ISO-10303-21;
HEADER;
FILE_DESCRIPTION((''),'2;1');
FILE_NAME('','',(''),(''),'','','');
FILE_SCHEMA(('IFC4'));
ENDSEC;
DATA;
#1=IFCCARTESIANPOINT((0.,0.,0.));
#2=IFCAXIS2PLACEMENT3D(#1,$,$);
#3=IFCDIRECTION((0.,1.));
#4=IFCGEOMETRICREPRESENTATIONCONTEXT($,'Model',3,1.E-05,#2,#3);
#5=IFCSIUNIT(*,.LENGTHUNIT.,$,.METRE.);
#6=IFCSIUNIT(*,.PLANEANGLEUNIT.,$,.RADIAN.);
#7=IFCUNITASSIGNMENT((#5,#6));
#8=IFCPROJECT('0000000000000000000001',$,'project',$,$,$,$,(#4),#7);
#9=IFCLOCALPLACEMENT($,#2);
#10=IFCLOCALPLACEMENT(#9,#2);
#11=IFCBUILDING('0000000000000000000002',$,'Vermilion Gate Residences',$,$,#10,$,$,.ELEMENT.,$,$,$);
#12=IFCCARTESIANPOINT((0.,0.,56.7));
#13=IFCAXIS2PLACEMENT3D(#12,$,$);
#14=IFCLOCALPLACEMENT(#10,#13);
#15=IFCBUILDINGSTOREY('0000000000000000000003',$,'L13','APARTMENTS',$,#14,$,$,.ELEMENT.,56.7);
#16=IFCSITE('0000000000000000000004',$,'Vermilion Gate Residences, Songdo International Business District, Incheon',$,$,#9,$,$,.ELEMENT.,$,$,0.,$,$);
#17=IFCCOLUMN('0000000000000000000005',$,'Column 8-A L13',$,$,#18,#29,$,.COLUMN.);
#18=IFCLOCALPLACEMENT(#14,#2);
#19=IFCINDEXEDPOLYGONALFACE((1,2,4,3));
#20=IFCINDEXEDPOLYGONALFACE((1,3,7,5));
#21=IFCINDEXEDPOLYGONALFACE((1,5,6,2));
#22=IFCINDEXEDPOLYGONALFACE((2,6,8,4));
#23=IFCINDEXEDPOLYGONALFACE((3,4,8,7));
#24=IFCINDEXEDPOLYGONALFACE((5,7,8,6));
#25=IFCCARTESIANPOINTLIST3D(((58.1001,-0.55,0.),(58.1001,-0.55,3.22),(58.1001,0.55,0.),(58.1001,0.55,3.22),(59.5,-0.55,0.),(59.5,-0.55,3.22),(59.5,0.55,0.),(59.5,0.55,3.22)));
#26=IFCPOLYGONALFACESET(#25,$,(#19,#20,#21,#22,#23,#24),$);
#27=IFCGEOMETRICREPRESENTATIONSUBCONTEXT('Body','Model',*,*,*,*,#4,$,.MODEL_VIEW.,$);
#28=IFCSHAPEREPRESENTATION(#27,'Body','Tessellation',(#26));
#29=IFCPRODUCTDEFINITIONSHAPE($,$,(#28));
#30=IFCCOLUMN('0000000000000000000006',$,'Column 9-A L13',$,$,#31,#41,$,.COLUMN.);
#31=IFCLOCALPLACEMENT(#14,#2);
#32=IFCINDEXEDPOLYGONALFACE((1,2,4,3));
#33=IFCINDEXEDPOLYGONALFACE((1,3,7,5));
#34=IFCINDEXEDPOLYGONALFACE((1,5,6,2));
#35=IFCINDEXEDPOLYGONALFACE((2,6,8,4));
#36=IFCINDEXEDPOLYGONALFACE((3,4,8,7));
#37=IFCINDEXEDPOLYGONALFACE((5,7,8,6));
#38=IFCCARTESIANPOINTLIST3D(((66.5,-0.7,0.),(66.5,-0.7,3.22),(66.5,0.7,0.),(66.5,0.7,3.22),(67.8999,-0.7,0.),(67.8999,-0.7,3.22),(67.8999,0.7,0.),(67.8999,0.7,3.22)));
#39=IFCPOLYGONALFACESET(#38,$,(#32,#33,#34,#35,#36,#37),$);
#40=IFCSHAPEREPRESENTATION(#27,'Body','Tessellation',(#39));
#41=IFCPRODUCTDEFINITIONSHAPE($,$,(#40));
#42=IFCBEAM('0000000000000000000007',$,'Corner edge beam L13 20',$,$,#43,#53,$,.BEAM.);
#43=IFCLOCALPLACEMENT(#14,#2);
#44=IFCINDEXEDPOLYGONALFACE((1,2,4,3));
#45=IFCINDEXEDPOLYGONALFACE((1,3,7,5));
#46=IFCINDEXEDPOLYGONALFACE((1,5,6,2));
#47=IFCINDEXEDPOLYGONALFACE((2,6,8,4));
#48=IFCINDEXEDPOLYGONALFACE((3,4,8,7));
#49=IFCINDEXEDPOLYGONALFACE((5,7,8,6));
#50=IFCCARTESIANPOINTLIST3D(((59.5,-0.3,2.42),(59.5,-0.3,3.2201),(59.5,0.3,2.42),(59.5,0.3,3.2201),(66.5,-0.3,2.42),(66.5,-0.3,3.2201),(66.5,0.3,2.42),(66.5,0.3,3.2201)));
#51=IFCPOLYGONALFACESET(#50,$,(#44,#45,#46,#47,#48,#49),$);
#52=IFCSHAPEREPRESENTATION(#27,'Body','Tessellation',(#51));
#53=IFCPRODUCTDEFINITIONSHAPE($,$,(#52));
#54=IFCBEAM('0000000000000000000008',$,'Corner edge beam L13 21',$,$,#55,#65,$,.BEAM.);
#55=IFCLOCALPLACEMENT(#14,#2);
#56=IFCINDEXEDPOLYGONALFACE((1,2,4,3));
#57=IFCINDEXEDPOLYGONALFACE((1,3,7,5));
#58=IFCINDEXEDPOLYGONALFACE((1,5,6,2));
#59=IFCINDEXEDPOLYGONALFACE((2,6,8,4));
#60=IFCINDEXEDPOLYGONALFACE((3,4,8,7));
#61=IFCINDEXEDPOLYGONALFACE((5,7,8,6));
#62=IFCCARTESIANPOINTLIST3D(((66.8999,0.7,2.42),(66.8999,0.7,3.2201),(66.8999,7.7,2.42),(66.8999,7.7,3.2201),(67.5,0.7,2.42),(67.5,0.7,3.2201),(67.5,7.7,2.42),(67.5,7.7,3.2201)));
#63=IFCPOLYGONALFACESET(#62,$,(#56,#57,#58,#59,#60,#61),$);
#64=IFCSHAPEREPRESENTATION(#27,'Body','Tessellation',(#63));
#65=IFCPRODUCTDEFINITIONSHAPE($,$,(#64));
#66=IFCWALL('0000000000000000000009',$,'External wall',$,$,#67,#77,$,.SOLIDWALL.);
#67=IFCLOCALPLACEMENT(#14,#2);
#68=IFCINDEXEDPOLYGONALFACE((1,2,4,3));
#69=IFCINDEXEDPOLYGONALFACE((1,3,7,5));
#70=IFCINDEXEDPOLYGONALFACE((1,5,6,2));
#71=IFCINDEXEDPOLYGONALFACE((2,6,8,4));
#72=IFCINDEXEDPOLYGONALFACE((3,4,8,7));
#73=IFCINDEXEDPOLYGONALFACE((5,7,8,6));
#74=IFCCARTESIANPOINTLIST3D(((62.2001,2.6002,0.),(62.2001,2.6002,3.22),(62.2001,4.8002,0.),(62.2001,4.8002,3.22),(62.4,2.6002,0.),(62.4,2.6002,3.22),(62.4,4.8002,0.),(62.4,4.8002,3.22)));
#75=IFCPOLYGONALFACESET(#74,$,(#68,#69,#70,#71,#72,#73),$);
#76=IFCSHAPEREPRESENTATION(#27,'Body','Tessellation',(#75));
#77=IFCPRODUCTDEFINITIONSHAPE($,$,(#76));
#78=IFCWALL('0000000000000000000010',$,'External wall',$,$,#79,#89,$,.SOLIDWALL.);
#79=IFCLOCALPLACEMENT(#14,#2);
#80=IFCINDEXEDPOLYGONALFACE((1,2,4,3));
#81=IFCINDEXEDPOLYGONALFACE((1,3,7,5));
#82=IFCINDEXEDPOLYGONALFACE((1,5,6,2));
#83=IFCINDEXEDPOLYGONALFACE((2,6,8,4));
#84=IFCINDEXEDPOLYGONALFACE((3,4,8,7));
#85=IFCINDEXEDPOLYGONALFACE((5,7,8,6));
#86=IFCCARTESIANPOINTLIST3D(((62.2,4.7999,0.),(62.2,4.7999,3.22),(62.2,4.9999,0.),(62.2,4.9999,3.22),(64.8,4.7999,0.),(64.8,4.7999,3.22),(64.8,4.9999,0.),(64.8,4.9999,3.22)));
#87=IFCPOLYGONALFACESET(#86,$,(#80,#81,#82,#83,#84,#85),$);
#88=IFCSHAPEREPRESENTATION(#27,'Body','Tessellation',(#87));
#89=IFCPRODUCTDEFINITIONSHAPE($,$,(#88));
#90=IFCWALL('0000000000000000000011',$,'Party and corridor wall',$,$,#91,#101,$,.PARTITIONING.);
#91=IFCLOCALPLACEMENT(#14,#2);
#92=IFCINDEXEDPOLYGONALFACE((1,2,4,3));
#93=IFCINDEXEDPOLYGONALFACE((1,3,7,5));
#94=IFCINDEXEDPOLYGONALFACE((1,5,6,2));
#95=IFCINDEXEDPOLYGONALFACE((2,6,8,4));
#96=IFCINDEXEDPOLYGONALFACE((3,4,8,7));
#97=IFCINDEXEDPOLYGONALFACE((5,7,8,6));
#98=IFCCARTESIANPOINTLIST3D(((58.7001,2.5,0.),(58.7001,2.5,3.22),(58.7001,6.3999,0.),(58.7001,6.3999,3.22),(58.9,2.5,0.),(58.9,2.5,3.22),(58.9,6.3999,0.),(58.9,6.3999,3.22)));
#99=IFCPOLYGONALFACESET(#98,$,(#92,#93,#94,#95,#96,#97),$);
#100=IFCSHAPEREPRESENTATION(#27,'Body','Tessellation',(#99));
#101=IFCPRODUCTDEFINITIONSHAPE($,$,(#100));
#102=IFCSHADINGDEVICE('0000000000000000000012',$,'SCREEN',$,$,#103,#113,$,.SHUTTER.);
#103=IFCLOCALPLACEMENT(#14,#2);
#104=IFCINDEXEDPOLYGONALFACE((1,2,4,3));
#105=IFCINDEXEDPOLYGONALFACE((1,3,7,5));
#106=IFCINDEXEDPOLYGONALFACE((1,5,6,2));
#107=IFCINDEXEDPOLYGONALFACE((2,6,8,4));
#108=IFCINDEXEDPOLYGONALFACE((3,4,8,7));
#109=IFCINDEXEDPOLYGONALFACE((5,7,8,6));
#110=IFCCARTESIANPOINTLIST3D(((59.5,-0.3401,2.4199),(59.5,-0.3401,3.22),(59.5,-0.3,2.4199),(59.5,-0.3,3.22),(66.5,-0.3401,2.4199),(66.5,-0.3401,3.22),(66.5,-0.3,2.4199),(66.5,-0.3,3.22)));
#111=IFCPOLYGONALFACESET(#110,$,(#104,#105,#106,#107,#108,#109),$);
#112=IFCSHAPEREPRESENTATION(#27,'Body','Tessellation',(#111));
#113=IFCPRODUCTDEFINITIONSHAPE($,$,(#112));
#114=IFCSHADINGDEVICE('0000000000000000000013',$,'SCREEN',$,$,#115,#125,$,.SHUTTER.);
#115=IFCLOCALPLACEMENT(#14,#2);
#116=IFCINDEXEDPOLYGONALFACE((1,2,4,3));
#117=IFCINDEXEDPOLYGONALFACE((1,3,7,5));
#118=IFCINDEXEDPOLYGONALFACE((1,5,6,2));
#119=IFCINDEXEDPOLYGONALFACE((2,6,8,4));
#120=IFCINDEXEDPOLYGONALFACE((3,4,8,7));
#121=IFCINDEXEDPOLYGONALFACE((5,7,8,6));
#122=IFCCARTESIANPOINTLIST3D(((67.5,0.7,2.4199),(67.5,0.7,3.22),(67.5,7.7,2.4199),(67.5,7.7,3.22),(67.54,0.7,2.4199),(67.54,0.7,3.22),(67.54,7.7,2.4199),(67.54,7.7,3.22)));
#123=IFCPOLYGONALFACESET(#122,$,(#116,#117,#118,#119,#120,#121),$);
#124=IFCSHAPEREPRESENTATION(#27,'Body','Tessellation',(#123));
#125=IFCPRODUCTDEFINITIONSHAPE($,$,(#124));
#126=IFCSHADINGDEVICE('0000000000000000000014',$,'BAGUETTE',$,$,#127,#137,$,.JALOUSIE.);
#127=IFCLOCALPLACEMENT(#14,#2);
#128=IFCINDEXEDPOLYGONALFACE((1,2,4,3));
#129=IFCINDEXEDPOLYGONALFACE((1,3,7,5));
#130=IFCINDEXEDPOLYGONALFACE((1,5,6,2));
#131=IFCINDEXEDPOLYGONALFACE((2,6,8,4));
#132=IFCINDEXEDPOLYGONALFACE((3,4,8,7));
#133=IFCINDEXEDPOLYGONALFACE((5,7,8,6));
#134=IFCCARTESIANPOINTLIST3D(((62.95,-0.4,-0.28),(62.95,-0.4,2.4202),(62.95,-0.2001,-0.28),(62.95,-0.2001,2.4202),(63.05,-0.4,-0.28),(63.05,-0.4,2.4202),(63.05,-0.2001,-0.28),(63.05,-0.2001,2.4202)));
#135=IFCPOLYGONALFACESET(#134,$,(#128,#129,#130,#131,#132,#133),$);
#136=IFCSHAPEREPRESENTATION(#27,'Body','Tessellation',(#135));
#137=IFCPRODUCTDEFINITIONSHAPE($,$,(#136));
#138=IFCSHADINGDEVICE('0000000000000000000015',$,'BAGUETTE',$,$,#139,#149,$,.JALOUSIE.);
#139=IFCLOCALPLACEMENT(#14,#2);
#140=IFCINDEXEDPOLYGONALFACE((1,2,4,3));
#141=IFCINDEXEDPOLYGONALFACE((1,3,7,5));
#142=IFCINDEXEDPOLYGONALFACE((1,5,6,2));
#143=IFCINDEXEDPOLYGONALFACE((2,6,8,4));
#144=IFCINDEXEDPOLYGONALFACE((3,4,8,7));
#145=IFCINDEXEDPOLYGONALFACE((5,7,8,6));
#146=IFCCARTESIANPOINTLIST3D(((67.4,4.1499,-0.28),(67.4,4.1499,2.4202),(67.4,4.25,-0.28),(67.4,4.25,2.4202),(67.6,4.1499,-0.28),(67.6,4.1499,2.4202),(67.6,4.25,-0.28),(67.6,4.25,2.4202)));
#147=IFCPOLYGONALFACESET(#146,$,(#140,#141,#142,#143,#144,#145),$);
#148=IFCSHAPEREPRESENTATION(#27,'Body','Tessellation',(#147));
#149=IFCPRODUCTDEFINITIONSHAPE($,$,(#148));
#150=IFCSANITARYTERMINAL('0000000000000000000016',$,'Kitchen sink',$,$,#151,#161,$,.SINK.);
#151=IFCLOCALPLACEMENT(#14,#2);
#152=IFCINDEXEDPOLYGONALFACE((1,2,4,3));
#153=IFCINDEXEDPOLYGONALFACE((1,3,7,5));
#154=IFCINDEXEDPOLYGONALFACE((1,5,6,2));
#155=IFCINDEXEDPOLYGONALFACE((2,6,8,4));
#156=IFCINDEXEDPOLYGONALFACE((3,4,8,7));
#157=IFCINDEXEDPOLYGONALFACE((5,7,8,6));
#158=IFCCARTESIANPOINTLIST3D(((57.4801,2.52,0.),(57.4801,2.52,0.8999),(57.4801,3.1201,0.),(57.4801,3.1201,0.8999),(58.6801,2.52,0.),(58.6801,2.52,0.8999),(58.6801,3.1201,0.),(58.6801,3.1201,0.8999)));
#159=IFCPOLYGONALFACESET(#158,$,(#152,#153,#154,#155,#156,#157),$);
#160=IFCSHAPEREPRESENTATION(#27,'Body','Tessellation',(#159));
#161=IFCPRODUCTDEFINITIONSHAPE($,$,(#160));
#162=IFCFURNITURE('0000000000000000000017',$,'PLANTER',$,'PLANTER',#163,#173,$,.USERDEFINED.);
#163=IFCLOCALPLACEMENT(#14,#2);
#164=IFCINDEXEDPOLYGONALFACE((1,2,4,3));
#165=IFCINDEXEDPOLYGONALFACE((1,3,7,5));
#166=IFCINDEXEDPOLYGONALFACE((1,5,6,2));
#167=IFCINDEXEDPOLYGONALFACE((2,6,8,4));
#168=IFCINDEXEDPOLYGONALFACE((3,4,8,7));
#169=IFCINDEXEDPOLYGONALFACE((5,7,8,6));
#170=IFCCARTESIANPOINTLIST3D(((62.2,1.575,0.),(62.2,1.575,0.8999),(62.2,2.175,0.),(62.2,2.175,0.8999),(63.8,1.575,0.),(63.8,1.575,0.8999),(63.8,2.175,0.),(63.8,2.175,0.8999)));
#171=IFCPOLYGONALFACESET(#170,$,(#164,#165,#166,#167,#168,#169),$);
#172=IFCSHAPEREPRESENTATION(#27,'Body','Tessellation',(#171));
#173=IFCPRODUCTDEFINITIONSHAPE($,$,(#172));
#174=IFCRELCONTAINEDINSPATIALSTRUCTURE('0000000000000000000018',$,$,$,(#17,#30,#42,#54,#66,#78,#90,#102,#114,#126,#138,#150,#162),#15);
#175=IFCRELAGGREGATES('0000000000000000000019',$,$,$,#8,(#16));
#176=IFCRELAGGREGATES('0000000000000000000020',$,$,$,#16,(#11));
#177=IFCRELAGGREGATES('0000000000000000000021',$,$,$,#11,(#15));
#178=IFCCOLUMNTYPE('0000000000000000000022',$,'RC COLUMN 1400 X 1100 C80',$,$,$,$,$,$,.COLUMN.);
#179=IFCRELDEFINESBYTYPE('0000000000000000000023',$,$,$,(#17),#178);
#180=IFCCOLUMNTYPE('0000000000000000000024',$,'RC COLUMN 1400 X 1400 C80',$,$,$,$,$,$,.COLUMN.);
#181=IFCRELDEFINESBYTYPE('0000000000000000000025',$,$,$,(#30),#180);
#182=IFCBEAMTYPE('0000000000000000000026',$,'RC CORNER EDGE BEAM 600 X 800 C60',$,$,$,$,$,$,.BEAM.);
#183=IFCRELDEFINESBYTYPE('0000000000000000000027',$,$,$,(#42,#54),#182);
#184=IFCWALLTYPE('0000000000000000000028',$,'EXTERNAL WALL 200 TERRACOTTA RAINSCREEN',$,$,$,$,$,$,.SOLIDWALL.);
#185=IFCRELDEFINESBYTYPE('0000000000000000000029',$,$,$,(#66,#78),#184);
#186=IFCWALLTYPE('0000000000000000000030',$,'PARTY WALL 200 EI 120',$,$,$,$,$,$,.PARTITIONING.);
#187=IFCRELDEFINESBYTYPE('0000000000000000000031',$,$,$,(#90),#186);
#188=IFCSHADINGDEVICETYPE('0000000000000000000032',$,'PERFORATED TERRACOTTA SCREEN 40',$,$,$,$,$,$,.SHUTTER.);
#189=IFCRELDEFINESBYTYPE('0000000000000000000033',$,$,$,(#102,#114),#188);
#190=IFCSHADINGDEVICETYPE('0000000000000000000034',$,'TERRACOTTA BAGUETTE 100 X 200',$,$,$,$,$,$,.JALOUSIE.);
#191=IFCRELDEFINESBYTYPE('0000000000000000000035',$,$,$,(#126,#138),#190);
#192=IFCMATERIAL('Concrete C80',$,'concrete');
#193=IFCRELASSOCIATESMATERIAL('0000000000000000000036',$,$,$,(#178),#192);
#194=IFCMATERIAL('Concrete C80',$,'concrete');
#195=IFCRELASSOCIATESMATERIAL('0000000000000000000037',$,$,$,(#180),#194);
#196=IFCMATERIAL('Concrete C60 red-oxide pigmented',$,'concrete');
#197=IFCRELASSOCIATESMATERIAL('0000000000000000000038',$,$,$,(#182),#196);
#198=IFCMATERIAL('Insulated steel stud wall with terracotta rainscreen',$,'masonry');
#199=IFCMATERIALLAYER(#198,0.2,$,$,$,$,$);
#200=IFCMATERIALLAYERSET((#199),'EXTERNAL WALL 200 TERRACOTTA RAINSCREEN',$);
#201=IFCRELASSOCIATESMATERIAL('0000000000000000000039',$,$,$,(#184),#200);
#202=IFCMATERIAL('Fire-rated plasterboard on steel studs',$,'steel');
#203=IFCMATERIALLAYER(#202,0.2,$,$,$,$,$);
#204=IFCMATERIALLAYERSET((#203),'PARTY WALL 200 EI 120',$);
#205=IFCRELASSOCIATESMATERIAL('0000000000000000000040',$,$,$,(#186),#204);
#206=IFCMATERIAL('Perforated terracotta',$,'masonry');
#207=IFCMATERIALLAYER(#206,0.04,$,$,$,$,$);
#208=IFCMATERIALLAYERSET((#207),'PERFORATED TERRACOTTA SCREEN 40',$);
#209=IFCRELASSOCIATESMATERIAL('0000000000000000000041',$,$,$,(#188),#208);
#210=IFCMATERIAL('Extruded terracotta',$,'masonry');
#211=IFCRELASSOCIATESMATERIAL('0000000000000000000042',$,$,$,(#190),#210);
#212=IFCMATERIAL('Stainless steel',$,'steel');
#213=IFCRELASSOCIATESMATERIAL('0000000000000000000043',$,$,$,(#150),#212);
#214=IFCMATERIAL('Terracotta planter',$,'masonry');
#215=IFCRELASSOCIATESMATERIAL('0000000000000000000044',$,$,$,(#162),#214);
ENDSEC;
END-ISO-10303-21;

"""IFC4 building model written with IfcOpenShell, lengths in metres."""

from ifc_helpers import new_model, si_unit, direction, frame, frame_2d, origin, origin_2d, place, context, subcontext, project, spatial, rectangle, extrude, material, layer, layer_set, material_profile, profile_set, type_object, element, save


model = new_model("IFC4")

# Units and contexts
model_context = context("Model", 3, precision=1e-05, world=origin(), true_north=direction((0.0, 1.0)))
body_context = subcontext(model_context, "Body", "Model", "MODEL_VIEW")
ifc_project = project(units=[si_unit("LENGTHUNIT", "METRE"), si_unit("PLANEANGLEUNIT", "RADIAN")], contexts=[model_context])

# Site, building, storey
site_placement = place(None, origin())
site = spatial("IfcSite", under=ifc_project, at=site_placement, Name="Vermilion Gate Residences, Songdo International Business District, Incheon", CompositionType="ELEMENT", RefElevation=0.0)
building_placement = place(site_placement, origin())
building = spatial("IfcBuilding", under=site, at=building_placement, Name="Vermilion Gate Residences", CompositionType="ELEMENT")
storey_placement = place(building_placement, frame((0.0, 0.0, 56.7)))
storey = spatial("IfcBuildingStorey", under=building, at=storey_placement, Name="L13", Description="APARTMENTS", CompositionType="ELEMENT", Elevation=56.7)

# Columns
ifc_material_1 = material(Name="Concrete C80", Category="concrete")
ifc_material_profile_1 = material_profile(ifc_material_1, rectangle(XDim=1.3999, YDim=1.1001, at=origin_2d()), Name="RC-1400x1100")
ifc_profile_set_1 = profile_set([ifc_material_profile_1], Name="Concrete C80")
column_type_1 = type_object("IfcColumnType", Name="RC COLUMN 1400 X 1100 C80", PredefinedType="COLUMN", material=ifc_profile_set_1)
column_1_placement = place(storey_placement, frame((58.8, 0.0, 0.0), z_axis=(0.0, 0.0, 1.0), x_axis=(1.0, 0.0, 0.0)))
element("IfcColumn", 1, at=column_1_placement, inside=storey, type_object=column_type_1, Name="Column 8-A L13", PredefinedType="COLUMN", context=body_context, shape_type="SweptSolid", body=[
    extrude(rectangle(XDim=1.3999, YDim=1.1001, at=origin_2d()), origin(), (0.0, 0.0, 1.0), 3.22),
])
ifc_material_2 = material(Name="Concrete C80", Category="concrete")
ifc_material_profile_2 = material_profile(ifc_material_2, rectangle(XDim=1.3999, YDim=1.3999, at=origin_2d()), Name="RC-1400x1400")
ifc_profile_set_2 = profile_set([ifc_material_profile_2], Name="Concrete C80")
column_type_2 = type_object("IfcColumnType", Name="RC COLUMN 1400 X 1400 C80", PredefinedType="COLUMN", material=ifc_profile_set_2)
column_2_placement = place(storey_placement, frame((67.2, 0.0, 0.0), z_axis=(0.0, 0.0, 1.0), x_axis=(1.0, 0.0, 0.0)))
element("IfcColumn", 2, at=column_2_placement, inside=storey, type_object=column_type_2, Name="Column 9-A L13", PredefinedType="COLUMN", context=body_context, shape_type="SweptSolid", body=[
    extrude(rectangle(XDim=1.3999, YDim=1.3999, at=origin_2d()), origin(), (0.0, 0.0, 1.0), 3.22),
])

# Beams
ifc_material_3 = material(Name="Concrete C60 red-oxide pigmented", Category="concrete")
ifc_material_profile_3 = material_profile(ifc_material_3, rectangle(XDim=0.6001, YDim=0.8, at=origin_2d()), Name="RC-600x800")
ifc_profile_set_3 = profile_set([ifc_material_profile_3], Name="Concrete C60 red-oxide pigmented")
beam_type = type_object("IfcBeamType", Name="RC CORNER EDGE BEAM 600 X 800 C60", PredefinedType="BEAM", material=ifc_profile_set_3)
for number, where, z_axis, x_axis, name in (
    (3, (59.5, 0.0, 2.8201), (1.0, 0.0, 0.0), (0.0, 1.0, 0.0), "Corner edge beam L13 20"),
    (4, (67.2, 0.7, 2.8201), (0.0, 1.0, 0.0), (-1.0, 0.0, 0.0), "Corner edge beam L13 21"),
):
    element("IfcBeam", number, at=place(storey_placement, frame(where, z_axis=z_axis, x_axis=x_axis)), inside=storey, type_object=beam_type, Name=name, PredefinedType="BEAM", context=body_context, shape_type="SweptSolid", body=[
        extrude(rectangle(XDim=0.6001, YDim=0.8, at=origin_2d()), origin(), (0.0, 0.0, 1.0), 7.0),
    ])

# Walls
ifc_material_4 = material(Name="Insulated steel stud wall with terracotta rainscreen", Category="masonry")
ifc_layer_1 = layer(ifc_material_4, 0.2)
ifc_layer_set_1 = layer_set([ifc_layer_1], Name="EXTERNAL WALL 200 TERRACOTTA RAINSCREEN")
wall_type_1 = type_object("IfcWallType", Name="EXTERNAL WALL 200 TERRACOTTA RAINSCREEN", PredefinedType="SOLIDWALL", material=ifc_layer_set_1)
wall_1_placement = place(storey_placement, frame((62.3, 2.6001, 0.0), z_axis=(0.0, 0.0, 1.0), x_axis=(0.0, 1.0, 0.0)))
element("IfcWall", 5, at=wall_1_placement, inside=storey, type_object=wall_type_1, Name="External wall", PredefinedType="SOLIDWALL", context=body_context, shape_type="SweptSolid", body=[
    extrude(rectangle(XDim=2.2, YDim=0.2, at=frame_2d((1.1001, 0.0))), origin(), (0.0, 0.0, 1.0), 3.22),
])
wall_2_placement = place(storey_placement, frame((62.2, 4.8999, 0.0), z_axis=(0.0, 0.0, 1.0), x_axis=(1.0, 0.0, 0.0)))
element("IfcWall", 6, at=wall_2_placement, inside=storey, type_object=wall_type_1, Name="External wall", PredefinedType="SOLIDWALL", context=body_context, shape_type="SweptSolid", body=[
    extrude(rectangle(XDim=2.6001, YDim=0.2, at=frame_2d((1.3, 0.0))), origin(), (0.0, 0.0, 1.0), 3.22),
])
ifc_material_5 = material(Name="Fire-rated plasterboard on steel studs", Category="steel")
ifc_layer_2 = layer(ifc_material_5, 0.2)
ifc_layer_set_2 = layer_set([ifc_layer_2], Name="PARTY WALL 200 EI 120")
wall_type_2 = type_object("IfcWallType", Name="PARTY WALL 200 EI 120", PredefinedType="PARTITIONING", material=ifc_layer_set_2)
wall_3_placement = place(storey_placement, frame((58.8, 2.5, 0.0), z_axis=(0.0, 0.0, 1.0), x_axis=(0.0, 1.0, 0.0)))
element("IfcWall", 7, at=wall_3_placement, inside=storey, type_object=wall_type_2, Name="Party and corridor wall", PredefinedType="PARTITIONING", context=body_context, shape_type="SweptSolid", body=[
    extrude(rectangle(XDim=3.8999, YDim=0.2, at=frame_2d((1.95, 0.0))), origin(), (0.0, 0.0, 1.0), 3.22),
])

# Shading devices
ifc_material_6 = material(Name="Perforated terracotta", Category="masonry")
ifc_layer_3 = layer(ifc_material_6, 0.04)
ifc_layer_set_3 = layer_set([ifc_layer_3], Name="PERFORATED TERRACOTTA SCREEN 40")
shading_device_type_1 = type_object("IfcShadingDeviceType", Name="PERFORATED TERRACOTTA SCREEN 40", PredefinedType="SHUTTER", material=ifc_layer_set_3)
for number, where, z_axis, x_axis, name in (
    (8, (63.0, -0.3201, 2.4199), (0.0, 0.0, 1.0), (1.0, 0.0, 0.0), "SCREEN"),
    (9, (67.52, 4.2, 2.4199), (0.0, 0.0, 1.0), (0.0, 1.0, 0.0), "SCREEN"),
):
    element("IfcShadingDevice", number, at=place(storey_placement, frame(where, z_axis=z_axis, x_axis=x_axis)), inside=storey, type_object=shading_device_type_1, Name=name, PredefinedType="SHUTTER", context=body_context, shape_type="SweptSolid", body=[
        extrude(rectangle(XDim=7.0, YDim=0.04, at=origin_2d()), origin(), (0.0, 0.0, 1.0), 0.8),
    ])
ifc_material_7 = material(Name="Extruded terracotta", Category="masonry")
ifc_material_profile_4 = material_profile(ifc_material_7, rectangle(XDim=0.2, YDim=0.1001, at=origin_2d()), Name="BAGUETTE 100 X 200")
ifc_profile_set_4 = profile_set([ifc_material_profile_4], Name="Extruded terracotta")
shading_device_type_2 = type_object("IfcShadingDeviceType", Name="TERRACOTTA BAGUETTE 100 X 200", PredefinedType="JALOUSIE", material=ifc_profile_set_4)
for number, where, z_axis, x_axis, name in (
    (10, (63.0, -0.3, -0.28), (0.0, 0.0, 1.0), (0.0, 1.0, 0.0), "BAGUETTE"),
    (11, (67.5, 4.2, -0.28), (0.0, 0.0, 1.0), (-1.0, 0.0, 0.0), "BAGUETTE"),
):
    element("IfcShadingDevice", number, at=place(storey_placement, frame(where, z_axis=z_axis, x_axis=x_axis)), inside=storey, type_object=shading_device_type_2, Name=name, PredefinedType="JALOUSIE", context=body_context, shape_type="SweptSolid", body=[
        extrude(rectangle(XDim=0.2, YDim=0.1001, at=origin_2d()), origin(), (0.0, 0.0, 1.0), 2.7002),
    ])

# Sanitary terminal
ifc_material_8 = material(Name="Stainless steel", Category="steel")
sanitary_terminal_placement = place(storey_placement, frame((58.0801, 2.8201, 0.0), z_axis=(0.0, 0.0, 1.0), x_axis=(1.0, 0.0, 0.0)))
element("IfcSanitaryTerminal", 12, at=sanitary_terminal_placement, inside=storey, material=ifc_material_8, Name="Kitchen sink", PredefinedType="SINK", context=body_context, shape_type="SweptSolid", body=[
    extrude(rectangle(XDim=1.2, YDim=0.6001, at=origin_2d()), origin(), (0.0, 0.0, 1.0), 0.8999),
])

# Furniture
ifc_material_9 = material(Name="Terracotta planter", Category="masonry")
furniture_placement = place(storey_placement, frame((63.0, 1.875, 0.0), z_axis=(0.0, 0.0, 1.0), x_axis=(1.0, 0.0, 0.0)))
element("IfcFurniture", 13, at=furniture_placement, inside=storey, material=ifc_material_9, Name="PLANTER", ObjectType="PLANTER", PredefinedType="USERDEFINED", context=body_context, shape_type="SweptSolid", body=[
    extrude(rectangle(XDim=1.6001, YDim=0.6001, at=origin_2d()), origin(), (0.0, 0.0, 1.0), 0.8999),
])

save(model, "model.ifc")
